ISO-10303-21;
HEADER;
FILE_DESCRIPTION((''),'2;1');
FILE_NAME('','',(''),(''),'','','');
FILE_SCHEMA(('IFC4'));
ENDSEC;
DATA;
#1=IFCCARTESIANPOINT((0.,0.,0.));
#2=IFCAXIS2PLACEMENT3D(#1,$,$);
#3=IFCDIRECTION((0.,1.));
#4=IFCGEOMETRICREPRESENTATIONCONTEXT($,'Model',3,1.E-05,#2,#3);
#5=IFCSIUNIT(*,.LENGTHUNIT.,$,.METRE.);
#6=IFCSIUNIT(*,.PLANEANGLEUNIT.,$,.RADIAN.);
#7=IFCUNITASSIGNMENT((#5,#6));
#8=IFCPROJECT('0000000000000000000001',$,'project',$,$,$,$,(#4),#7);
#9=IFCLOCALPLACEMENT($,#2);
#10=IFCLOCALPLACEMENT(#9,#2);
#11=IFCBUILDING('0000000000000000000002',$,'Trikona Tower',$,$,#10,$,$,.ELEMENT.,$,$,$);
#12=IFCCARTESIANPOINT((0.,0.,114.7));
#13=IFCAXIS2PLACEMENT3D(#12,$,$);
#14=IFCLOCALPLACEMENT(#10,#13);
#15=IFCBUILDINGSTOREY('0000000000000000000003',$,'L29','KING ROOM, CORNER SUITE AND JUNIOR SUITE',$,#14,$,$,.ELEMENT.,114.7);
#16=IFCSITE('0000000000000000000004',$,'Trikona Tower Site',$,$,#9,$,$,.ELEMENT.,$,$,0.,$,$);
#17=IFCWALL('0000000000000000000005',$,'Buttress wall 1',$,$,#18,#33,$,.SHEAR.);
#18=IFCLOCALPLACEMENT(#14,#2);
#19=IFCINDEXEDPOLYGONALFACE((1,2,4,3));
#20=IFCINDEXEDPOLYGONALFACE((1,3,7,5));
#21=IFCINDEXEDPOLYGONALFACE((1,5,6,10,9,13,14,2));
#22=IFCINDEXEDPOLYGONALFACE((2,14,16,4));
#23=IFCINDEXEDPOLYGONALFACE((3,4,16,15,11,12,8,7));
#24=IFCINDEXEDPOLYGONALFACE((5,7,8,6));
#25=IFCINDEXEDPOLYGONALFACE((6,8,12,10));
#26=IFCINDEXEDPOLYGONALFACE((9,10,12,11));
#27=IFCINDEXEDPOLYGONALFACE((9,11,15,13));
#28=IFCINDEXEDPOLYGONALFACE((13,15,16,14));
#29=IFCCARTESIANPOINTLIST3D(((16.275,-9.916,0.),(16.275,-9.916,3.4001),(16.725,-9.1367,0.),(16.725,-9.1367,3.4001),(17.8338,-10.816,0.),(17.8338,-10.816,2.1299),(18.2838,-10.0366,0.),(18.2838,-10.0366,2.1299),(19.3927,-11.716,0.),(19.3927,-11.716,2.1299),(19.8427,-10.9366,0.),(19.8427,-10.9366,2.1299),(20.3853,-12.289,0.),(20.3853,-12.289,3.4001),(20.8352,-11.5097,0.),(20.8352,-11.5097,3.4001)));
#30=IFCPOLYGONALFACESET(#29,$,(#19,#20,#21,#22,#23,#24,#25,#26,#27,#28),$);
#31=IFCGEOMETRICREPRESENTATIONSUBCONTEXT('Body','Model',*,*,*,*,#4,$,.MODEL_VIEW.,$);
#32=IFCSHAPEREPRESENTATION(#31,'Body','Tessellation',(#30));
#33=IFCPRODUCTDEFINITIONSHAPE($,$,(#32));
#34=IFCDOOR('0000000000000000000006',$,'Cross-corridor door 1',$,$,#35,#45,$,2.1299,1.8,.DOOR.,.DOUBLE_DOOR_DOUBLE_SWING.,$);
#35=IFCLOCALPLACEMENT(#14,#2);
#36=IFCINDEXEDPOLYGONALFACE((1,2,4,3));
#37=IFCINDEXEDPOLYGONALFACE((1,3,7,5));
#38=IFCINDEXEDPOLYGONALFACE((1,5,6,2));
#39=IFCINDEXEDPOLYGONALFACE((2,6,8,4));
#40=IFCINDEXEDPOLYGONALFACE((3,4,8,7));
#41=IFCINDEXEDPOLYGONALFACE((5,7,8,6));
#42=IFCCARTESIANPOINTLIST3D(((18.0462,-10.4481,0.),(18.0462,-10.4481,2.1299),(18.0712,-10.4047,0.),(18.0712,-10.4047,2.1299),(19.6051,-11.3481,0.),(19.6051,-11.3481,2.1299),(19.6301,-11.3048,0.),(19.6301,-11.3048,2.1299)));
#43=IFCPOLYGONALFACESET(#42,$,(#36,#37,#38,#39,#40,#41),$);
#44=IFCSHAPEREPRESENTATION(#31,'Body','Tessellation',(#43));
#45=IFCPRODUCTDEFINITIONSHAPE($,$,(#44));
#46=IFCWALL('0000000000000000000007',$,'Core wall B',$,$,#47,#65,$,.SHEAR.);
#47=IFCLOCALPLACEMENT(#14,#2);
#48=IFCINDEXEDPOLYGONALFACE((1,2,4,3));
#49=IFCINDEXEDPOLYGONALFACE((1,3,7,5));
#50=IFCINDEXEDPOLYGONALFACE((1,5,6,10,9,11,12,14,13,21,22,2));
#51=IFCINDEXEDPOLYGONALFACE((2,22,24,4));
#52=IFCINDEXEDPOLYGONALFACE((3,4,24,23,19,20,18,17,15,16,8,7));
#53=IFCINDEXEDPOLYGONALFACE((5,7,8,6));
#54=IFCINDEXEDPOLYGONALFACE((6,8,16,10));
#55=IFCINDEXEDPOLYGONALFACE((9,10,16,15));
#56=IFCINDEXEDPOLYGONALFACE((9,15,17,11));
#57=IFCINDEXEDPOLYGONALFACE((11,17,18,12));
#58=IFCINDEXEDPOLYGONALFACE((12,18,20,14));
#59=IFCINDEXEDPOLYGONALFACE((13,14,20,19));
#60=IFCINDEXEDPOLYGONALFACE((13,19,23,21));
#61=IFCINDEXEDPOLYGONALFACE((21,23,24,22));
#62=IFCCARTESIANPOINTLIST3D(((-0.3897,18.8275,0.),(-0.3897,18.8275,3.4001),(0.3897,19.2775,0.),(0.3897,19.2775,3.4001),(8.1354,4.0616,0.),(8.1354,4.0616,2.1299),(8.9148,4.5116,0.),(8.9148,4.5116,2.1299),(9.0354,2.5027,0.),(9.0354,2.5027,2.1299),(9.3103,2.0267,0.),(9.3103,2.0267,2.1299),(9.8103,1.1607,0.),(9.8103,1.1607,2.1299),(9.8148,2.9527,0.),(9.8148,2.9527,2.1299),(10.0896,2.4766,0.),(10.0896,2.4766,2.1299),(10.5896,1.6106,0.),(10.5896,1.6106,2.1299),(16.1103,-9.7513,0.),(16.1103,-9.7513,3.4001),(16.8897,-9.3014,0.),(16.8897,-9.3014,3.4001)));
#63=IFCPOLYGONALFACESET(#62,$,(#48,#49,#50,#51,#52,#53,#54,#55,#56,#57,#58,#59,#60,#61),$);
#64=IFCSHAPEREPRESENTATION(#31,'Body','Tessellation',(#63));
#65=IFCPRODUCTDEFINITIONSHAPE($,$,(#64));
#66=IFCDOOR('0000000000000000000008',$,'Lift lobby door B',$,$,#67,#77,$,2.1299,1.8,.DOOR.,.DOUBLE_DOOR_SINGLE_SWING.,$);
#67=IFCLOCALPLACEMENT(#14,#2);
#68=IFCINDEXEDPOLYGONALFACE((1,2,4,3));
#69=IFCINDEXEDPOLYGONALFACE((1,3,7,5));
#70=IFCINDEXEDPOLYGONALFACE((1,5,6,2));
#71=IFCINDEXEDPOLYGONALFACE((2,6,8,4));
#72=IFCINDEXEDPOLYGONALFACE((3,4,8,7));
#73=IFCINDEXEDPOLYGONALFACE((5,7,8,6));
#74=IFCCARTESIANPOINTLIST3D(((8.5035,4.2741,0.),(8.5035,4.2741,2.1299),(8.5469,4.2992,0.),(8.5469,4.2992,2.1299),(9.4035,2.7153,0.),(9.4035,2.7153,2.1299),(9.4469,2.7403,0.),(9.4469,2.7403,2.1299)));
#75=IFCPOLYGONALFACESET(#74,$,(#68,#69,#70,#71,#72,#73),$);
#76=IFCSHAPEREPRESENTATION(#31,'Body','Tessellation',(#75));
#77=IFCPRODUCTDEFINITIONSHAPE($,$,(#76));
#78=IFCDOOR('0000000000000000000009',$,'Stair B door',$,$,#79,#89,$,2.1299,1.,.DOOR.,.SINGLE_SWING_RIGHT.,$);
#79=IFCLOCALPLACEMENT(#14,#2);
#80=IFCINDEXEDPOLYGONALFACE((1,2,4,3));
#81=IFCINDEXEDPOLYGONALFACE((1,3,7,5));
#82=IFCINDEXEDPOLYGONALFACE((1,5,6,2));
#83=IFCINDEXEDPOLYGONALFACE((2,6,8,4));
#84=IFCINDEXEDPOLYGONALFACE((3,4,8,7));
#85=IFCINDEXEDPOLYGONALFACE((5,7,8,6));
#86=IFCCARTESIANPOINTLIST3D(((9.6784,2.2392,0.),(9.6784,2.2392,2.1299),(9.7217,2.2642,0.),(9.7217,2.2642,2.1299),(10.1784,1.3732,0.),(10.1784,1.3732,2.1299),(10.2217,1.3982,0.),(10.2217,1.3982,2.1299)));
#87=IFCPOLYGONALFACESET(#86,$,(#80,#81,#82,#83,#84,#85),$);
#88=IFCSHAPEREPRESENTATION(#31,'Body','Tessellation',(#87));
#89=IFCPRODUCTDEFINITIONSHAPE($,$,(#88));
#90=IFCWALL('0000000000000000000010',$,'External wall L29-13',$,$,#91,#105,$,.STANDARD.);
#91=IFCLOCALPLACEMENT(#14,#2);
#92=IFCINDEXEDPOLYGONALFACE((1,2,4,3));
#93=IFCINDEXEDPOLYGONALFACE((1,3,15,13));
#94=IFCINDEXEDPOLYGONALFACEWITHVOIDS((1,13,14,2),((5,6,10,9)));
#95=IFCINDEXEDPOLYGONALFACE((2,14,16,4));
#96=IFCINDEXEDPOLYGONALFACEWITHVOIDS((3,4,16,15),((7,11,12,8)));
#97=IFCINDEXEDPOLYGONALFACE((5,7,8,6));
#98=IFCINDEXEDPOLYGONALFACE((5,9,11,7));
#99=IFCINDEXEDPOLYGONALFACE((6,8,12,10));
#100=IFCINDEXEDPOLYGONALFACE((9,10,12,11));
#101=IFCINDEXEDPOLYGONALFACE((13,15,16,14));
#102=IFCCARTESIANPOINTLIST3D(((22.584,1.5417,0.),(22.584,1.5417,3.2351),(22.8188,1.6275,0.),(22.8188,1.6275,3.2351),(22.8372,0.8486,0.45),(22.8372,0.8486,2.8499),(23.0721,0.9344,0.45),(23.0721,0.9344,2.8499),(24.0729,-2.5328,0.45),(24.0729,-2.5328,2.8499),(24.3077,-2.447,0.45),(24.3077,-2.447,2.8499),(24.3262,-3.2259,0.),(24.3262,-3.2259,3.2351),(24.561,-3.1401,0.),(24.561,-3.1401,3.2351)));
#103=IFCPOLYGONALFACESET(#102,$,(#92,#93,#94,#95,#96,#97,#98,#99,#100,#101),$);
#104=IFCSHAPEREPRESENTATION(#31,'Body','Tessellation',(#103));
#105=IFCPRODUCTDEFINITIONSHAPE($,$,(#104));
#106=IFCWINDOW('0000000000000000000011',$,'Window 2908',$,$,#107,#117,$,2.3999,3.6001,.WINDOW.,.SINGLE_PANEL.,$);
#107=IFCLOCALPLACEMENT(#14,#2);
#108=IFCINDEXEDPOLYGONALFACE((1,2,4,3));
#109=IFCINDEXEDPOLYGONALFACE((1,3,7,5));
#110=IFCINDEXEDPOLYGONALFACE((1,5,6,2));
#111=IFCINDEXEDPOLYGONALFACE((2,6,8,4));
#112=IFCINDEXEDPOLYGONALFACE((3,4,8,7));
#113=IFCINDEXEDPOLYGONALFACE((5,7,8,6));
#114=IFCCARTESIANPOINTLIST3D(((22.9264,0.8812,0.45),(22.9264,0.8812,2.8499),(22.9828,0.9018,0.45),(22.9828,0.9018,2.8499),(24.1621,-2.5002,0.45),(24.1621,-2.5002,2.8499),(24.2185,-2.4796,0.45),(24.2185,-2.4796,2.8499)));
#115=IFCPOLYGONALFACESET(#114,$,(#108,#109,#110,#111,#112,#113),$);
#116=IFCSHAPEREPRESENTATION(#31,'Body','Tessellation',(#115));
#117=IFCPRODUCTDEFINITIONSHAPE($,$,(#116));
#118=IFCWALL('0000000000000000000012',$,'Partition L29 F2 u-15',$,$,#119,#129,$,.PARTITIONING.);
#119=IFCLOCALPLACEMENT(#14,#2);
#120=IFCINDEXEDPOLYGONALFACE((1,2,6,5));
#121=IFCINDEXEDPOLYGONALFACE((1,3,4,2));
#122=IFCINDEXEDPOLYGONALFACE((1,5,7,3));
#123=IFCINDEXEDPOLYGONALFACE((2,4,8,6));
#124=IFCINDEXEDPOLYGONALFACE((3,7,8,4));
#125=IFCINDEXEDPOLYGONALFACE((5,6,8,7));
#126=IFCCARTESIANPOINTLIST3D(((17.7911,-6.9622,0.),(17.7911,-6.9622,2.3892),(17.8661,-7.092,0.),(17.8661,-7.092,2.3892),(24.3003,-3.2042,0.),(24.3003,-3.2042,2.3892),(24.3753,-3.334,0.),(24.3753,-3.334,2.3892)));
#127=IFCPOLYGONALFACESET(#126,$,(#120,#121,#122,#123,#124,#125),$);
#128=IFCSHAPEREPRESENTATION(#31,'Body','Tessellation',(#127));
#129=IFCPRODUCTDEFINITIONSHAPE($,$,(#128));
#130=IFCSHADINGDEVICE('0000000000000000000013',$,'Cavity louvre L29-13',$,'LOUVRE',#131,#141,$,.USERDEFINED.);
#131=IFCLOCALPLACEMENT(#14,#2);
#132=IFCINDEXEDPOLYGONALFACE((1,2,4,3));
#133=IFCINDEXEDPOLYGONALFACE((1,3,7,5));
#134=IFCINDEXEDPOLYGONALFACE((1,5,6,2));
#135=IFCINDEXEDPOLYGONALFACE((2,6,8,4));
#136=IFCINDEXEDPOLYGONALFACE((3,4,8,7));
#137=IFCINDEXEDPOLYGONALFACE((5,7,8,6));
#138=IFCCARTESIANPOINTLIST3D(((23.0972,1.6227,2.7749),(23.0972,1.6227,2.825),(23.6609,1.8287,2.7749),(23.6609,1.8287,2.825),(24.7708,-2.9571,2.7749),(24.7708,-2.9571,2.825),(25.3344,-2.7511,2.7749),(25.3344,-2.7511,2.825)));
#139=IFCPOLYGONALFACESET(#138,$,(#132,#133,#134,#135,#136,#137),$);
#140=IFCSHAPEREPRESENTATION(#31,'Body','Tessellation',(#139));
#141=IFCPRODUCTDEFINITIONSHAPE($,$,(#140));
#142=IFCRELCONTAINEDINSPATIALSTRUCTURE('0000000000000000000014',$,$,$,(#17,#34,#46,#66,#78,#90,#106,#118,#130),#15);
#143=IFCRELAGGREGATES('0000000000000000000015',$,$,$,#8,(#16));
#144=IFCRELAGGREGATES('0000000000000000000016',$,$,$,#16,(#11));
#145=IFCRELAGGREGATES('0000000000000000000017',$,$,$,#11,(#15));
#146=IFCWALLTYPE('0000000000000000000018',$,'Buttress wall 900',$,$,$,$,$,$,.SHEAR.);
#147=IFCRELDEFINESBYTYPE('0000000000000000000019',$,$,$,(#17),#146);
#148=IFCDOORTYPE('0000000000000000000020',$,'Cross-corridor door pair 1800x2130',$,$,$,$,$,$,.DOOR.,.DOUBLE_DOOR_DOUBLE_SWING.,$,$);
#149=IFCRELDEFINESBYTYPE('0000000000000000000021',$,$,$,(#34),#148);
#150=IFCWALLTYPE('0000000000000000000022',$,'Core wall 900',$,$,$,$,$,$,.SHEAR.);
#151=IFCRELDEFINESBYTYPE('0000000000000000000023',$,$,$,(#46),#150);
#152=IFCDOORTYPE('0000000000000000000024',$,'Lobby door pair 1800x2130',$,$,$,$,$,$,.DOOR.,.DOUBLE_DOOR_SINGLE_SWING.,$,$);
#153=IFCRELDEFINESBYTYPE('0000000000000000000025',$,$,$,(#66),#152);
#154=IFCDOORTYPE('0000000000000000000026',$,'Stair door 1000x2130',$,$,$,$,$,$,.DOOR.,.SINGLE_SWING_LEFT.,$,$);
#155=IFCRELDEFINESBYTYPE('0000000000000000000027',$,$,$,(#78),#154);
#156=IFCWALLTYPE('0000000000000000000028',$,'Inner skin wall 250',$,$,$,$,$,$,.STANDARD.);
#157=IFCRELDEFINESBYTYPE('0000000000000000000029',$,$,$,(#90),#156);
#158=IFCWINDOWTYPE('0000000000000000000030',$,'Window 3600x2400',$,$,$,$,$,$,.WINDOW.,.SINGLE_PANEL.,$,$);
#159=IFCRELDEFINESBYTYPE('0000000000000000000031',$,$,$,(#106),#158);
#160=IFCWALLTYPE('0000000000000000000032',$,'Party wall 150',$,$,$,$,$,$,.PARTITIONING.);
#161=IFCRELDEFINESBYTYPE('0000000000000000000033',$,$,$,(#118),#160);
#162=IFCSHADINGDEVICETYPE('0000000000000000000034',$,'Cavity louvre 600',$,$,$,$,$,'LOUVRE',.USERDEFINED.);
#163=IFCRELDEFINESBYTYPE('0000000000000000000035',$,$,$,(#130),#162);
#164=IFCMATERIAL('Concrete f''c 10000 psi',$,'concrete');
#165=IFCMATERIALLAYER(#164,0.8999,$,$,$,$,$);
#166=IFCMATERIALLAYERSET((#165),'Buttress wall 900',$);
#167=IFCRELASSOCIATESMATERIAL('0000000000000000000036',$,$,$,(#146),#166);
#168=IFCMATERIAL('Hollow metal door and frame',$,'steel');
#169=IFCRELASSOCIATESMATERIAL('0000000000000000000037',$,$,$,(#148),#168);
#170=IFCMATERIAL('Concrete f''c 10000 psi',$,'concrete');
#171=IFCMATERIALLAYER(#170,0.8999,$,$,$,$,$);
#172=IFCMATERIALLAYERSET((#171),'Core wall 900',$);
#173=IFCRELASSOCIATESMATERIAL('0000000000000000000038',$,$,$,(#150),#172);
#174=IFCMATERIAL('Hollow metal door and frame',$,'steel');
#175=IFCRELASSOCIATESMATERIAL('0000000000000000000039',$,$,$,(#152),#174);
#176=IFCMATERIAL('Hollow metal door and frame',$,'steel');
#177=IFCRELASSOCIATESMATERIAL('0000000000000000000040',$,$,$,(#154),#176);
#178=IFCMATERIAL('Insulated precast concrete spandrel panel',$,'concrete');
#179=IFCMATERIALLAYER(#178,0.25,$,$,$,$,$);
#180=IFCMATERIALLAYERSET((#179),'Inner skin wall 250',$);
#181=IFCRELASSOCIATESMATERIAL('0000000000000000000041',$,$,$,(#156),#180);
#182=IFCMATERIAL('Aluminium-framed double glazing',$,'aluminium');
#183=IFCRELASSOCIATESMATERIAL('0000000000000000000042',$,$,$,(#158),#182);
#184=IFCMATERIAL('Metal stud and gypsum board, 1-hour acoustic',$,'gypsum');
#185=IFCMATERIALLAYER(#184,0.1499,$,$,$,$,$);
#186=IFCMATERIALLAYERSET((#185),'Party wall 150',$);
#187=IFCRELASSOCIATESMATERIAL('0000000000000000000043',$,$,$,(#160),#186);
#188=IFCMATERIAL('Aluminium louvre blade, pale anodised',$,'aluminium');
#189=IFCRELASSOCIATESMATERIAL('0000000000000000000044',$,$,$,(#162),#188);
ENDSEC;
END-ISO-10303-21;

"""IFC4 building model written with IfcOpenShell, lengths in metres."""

from ifc_helpers import new_model, si_unit, direction, frame, frame_2d, origin, origin_2d, place, context, subcontext, project, spatial, rectangle, extrude, material, layer, layer_set, type_object, element, fill, save


model = new_model("IFC4")

# Units and contexts
model_context = context("Model", 3, precision=1e-05, world=origin(), true_north=direction((0.0, 1.0)))
body_context = subcontext(model_context, "Body", "Model", "MODEL_VIEW")
ifc_project = project(units=[si_unit("LENGTHUNIT", "METRE"), si_unit("PLANEANGLEUNIT", "RADIAN")], contexts=[model_context])

# Site, building, storey
site_placement = place(None, origin())
site = spatial("IfcSite", under=ifc_project, at=site_placement, Name="Trikona Tower Site", CompositionType="ELEMENT", RefElevation=0.0)
building_placement = place(site_placement, origin())
building = spatial("IfcBuilding", under=site, at=building_placement, Name="Trikona Tower", CompositionType="ELEMENT")
storey_placement = place(building_placement, frame((0.0, 0.0, 114.7)))
storey = spatial("IfcBuildingStorey", under=building, at=storey_placement, Name="L29", Description="KING ROOM, CORNER SUITE AND JUNIOR SUITE", CompositionType="ELEMENT", Elevation=114.7)

# Wall, opening, door
ifc_material_1 = material(Name="Concrete f'c 10000 psi", Category="concrete")
ifc_layer_1 = layer(ifc_material_1, 0.8999)
ifc_layer_set_1 = layer_set([ifc_layer_1], Name="Buttress wall 900")
wall_type_1 = type_object("IfcWallType", Name="Buttress wall 900", PredefinedType="SHEAR", material=ifc_layer_set_1)
wall_1_placement = place(storey_placement, frame((16.5, -9.5264, 0.0), z_axis=(0.0, 0.0, 1.0), x_axis=(0.866031, -0.49999, 0.0)))
wall_1 = element("IfcWall", 1, at=wall_1_placement, inside=storey, type_object=wall_type_1, Name="Buttress wall 1", PredefinedType="SHEAR", context=body_context, shape_type="SweptSolid", body=[
    extrude(rectangle(XDim=4.7461, YDim=0.8999, at=frame_2d((2.373, 0.0))), origin(), (0.0, 0.0, 1.0), 3.4001),
])
opening_1_placement = place(wall_1_placement, frame((1.8, 0.0, 0.0)))
opening_1 = element("IfcOpeningElement", 2, at=opening_1_placement, cuts=wall_1, PredefinedType="OPENING", context=body_context, shape_type="SweptSolid", body=[
    extrude(rectangle(XDim=1.8, YDim=2.1299, at=frame_2d((0.8999, 1.0649))), frame((0.0, 0.46, 0.0), z_axis=(0.0, -1.0, 0.0), x_axis=(1.0, 0.0, 0.0)), (0.0, 0.0, 1.0), 0.9199),
])
ifc_material_2 = material(Name="Hollow metal door and frame", Category="steel")
door_type_1 = type_object("IfcDoorType", Name="Cross-corridor door pair 1800x2130", OperationType="DOUBLE_DOOR_DOUBLE_SWING", PredefinedType="DOOR", material=ifc_material_2)
door_1_placement = place(opening_1_placement, origin())
door_1 = element("IfcDoor", 3, at=door_1_placement, inside=storey, type_object=door_type_1, Name="Cross-corridor door 1", OperationType="DOUBLE_DOOR_DOUBLE_SWING", OverallHeight=2.1299, OverallWidth=1.8, PredefinedType="DOOR", context=body_context, shape_type="SweptSolid", body=[
    extrude(rectangle(XDim=1.8, YDim=2.1299, at=frame_2d((0.8999, 1.0649))), frame((0.0, 0.0249, 0.0), z_axis=(0.0, -1.0, 0.0), x_axis=(1.0, 0.0, 0.0)), (0.0, 0.0, 1.0), 0.05),
])
fill(opening_1, door_1)

# Wall, openings, doors
ifc_material_3 = material(Name="Concrete f'c 10000 psi", Category="concrete")
ifc_layer_2 = layer(ifc_material_3, 0.8999)
ifc_layer_set_2 = layer_set([ifc_layer_2], Name="Core wall 900")
wall_type_2 = type_object("IfcWallType", Name="Core wall 900", PredefinedType="SHEAR", material=ifc_layer_set_2)
wall_2_placement = place(storey_placement, frame((16.5, -9.5264, 0.0), z_axis=(0.0, 0.0, 1.0), x_axis=(-0.5, 0.866026, 0.0)))
wall_2 = element("IfcWall", 4, at=wall_2_placement, inside=storey, type_object=wall_type_2, Name="Core wall B", PredefinedType="SHEAR", context=body_context, shape_type="SweptSolid", body=[
    extrude(rectangle(XDim=33.0, YDim=0.8999, at=frame_2d((16.5, 0.0))), origin(), (0.0, 0.0, 1.0), 3.4001),
])
opening_2_placement = place(wall_2_placement, frame((14.1499, 0.0, 0.0)))
opening_2 = element("IfcOpeningElement", 5, at=opening_2_placement, cuts=wall_2, PredefinedType="OPENING", context=body_context, shape_type="SweptSolid", body=[
    extrude(rectangle(XDim=1.8, YDim=2.1299, at=frame_2d((0.8999, 1.0649))), frame((0.0, 0.46, 0.0), z_axis=(0.0, -1.0, 0.0), x_axis=(1.0, 0.0, 0.0)), (0.0, 0.0, 1.0), 0.9199),
])
opening_3_placement = place(wall_2_placement, frame((12.6001, 0.0, 0.0)))
opening_3 = element("IfcOpeningElement", 6, at=opening_3_placement, cuts=wall_2, PredefinedType="OPENING", context=body_context, shape_type="SweptSolid", body=[
    extrude(rectangle(XDim=1.0, YDim=2.1299, at=frame_2d((0.5, 1.0649))), frame((0.0, 0.46, 0.0), z_axis=(0.0, -1.0, 0.0), x_axis=(1.0, 0.0, 0.0)), (0.0, 0.0, 1.0), 0.9199),
])
ifc_material_4 = material(Name="Hollow metal door and frame", Category="steel")
door_type_2 = type_object("IfcDoorType", Name="Lobby door pair 1800x2130", OperationType="DOUBLE_DOOR_SINGLE_SWING", PredefinedType="DOOR", material=ifc_material_4)
door_2_placement = place(opening_2_placement, origin())
door_2 = element("IfcDoor", 7, at=door_2_placement, inside=storey, type_object=door_type_2, Name="Lift lobby door B", OperationType="DOUBLE_DOOR_SINGLE_SWING", OverallHeight=2.1299, OverallWidth=1.8, PredefinedType="DOOR", context=body_context, shape_type="SweptSolid", body=[
    extrude(rectangle(XDim=1.8, YDim=2.1299, at=frame_2d((0.8999, 1.0649))), frame((0.0, 0.0249, 0.0), z_axis=(0.0, -1.0, 0.0), x_axis=(1.0, 0.0, 0.0)), (0.0, 0.0, 1.0), 0.05),
])
fill(opening_2, door_2)
ifc_material_5 = material(Name="Hollow metal door and frame", Category="steel")
door_type_3 = type_object("IfcDoorType", Name="Stair door 1000x2130", OperationType="SINGLE_SWING_LEFT", PredefinedType="DOOR", material=ifc_material_5)
door_3_placement = place(opening_3_placement, origin())
door_3 = element("IfcDoor", 8, at=door_3_placement, inside=storey, type_object=door_type_3, Name="Stair B door", OperationType="SINGLE_SWING_RIGHT", OverallHeight=2.1299, OverallWidth=1.0, PredefinedType="DOOR", context=body_context, shape_type="SweptSolid", body=[
    extrude(rectangle(XDim=1.0, YDim=2.1299, at=frame_2d((0.5, 1.0649))), frame((0.0, 0.0249, 0.0), z_axis=(0.0, -1.0, 0.0), x_axis=(1.0, 0.0, 0.0)), (0.0, 0.0, 1.0), 0.05),
])
fill(opening_3, door_3)

# Wall, opening, window
ifc_material_6 = material(Name="Insulated precast concrete spandrel panel", Category="concrete")
ifc_layer_3 = layer(ifc_material_6, 0.25)
ifc_layer_set_3 = layer_set([ifc_layer_3], Name="Inner skin wall 250")
wall_type_3 = type_object("IfcWallType", Name="Inner skin wall 250", PredefinedType="STANDARD", material=ifc_layer_set_3)
wall_3_placement = place(storey_placement, frame((24.4436, -3.1831, 0.0), z_axis=(0.0, 0.0, 1.0), x_axis=(-0.343226, 0.939253, 0.0)))
wall_3 = element("IfcWall", 9, at=wall_3_placement, inside=storey, type_object=wall_type_3, Name="External wall L29-13", PredefinedType="STANDARD", context=body_context, shape_type="SweptSolid", body=[
    extrude(rectangle(XDim=5.0759, YDim=0.25, at=frame_2d((2.5381, 0.0))), origin(), (0.0, 0.0, 1.0), 3.2351),
])
opening_4_placement = place(wall_3_placement, frame((0.738, 0.0, 0.45)))
opening_4 = element("IfcOpeningElement", 10, at=opening_4_placement, cuts=wall_3, PredefinedType="OPENING", context=body_context, shape_type="SweptSolid", body=[
    extrude(rectangle(XDim=3.6001, YDim=2.3999, at=frame_2d((1.8, 1.2))), frame((0.0, 0.135, 0.0), z_axis=(0.0, -1.0, 0.0), x_axis=(1.0, 0.0, 0.0)), (0.0, 0.0, 1.0), 0.27),
])
ifc_material_7 = material(Name="Aluminium-framed double glazing", Category="aluminium")
window_type = type_object("IfcWindowType", Name="Window 3600x2400", PartitioningType="SINGLE_PANEL", PredefinedType="WINDOW", material=ifc_material_7)
window_placement = place(opening_4_placement, origin())
window = element("IfcWindow", 11, at=window_placement, inside=storey, type_object=window_type, Name="Window 2908", OverallHeight=2.3999, OverallWidth=3.6001, PartitioningType="SINGLE_PANEL", PredefinedType="WINDOW", context=body_context, shape_type="SweptSolid", body=[
    extrude(rectangle(XDim=3.6001, YDim=2.3999, at=frame_2d((1.8, 1.2))), frame((0.0, 0.03, 0.0), z_axis=(0.0, -1.0, 0.0), x_axis=(1.0, 0.0, 0.0)), (0.0, 0.0, 1.0), 0.0601),
])
fill(opening_4, window)

# Wall
ifc_material_8 = material(Name="Metal stud and gypsum board, 1-hour acoustic", Category="gypsum")
ifc_layer_4 = layer(ifc_material_8, 0.1499)
ifc_layer_set_4 = layer_set([ifc_layer_4], Name="Party wall 150")
wall_type_4 = type_object("IfcWallType", Name="Party wall 150", PredefinedType="PARTITIONING", material=ifc_layer_set_4)
wall_4_placement = place(storey_placement, frame((17.8286, -7.0271, 0.0), z_axis=(0.0, 0.0, 1.0), x_axis=(0.86603, 0.499992, 0.0)))
element("IfcWall", 12, at=wall_4_placement, inside=storey, type_object=wall_type_4, Name="Partition L29 F2 u-15", PredefinedType="PARTITIONING", context=body_context, shape_type="SweptSolid", body=[
    extrude(rectangle(XDim=7.5161, YDim=0.1499, at=frame_2d((3.7581, 0.0))), origin(), (0.0, 0.0, 1.0), 2.3892),
])

# Shading device
ifc_material_9 = material(Name="Aluminium louvre blade, pale anodised", Category="aluminium")
shading_device_type = type_object("IfcShadingDeviceType", Name="Cavity louvre 600", ElementType="LOUVRE", PredefinedType="USERDEFINED", material=ifc_material_9)
shading_device_placement = place(storey_placement, frame((24.2158, -0.5642, 2.7749), z_axis=(0.0, 0.0, 1.0), x_axis=(-0.34322, 0.939255, 0.0)))
element("IfcShadingDevice", 13, at=shading_device_placement, inside=storey, type_object=shading_device_type, Name="Cavity louvre L29-13", ObjectType="LOUVRE", PredefinedType="USERDEFINED", context=body_context, shape_type="SweptSolid", body=[
    extrude(rectangle(XDim=4.876, YDim=0.6001, at=origin_2d()), origin(), (0.0, 0.0, 1.0), 0.05),
])

save(model, "model.ifc")
